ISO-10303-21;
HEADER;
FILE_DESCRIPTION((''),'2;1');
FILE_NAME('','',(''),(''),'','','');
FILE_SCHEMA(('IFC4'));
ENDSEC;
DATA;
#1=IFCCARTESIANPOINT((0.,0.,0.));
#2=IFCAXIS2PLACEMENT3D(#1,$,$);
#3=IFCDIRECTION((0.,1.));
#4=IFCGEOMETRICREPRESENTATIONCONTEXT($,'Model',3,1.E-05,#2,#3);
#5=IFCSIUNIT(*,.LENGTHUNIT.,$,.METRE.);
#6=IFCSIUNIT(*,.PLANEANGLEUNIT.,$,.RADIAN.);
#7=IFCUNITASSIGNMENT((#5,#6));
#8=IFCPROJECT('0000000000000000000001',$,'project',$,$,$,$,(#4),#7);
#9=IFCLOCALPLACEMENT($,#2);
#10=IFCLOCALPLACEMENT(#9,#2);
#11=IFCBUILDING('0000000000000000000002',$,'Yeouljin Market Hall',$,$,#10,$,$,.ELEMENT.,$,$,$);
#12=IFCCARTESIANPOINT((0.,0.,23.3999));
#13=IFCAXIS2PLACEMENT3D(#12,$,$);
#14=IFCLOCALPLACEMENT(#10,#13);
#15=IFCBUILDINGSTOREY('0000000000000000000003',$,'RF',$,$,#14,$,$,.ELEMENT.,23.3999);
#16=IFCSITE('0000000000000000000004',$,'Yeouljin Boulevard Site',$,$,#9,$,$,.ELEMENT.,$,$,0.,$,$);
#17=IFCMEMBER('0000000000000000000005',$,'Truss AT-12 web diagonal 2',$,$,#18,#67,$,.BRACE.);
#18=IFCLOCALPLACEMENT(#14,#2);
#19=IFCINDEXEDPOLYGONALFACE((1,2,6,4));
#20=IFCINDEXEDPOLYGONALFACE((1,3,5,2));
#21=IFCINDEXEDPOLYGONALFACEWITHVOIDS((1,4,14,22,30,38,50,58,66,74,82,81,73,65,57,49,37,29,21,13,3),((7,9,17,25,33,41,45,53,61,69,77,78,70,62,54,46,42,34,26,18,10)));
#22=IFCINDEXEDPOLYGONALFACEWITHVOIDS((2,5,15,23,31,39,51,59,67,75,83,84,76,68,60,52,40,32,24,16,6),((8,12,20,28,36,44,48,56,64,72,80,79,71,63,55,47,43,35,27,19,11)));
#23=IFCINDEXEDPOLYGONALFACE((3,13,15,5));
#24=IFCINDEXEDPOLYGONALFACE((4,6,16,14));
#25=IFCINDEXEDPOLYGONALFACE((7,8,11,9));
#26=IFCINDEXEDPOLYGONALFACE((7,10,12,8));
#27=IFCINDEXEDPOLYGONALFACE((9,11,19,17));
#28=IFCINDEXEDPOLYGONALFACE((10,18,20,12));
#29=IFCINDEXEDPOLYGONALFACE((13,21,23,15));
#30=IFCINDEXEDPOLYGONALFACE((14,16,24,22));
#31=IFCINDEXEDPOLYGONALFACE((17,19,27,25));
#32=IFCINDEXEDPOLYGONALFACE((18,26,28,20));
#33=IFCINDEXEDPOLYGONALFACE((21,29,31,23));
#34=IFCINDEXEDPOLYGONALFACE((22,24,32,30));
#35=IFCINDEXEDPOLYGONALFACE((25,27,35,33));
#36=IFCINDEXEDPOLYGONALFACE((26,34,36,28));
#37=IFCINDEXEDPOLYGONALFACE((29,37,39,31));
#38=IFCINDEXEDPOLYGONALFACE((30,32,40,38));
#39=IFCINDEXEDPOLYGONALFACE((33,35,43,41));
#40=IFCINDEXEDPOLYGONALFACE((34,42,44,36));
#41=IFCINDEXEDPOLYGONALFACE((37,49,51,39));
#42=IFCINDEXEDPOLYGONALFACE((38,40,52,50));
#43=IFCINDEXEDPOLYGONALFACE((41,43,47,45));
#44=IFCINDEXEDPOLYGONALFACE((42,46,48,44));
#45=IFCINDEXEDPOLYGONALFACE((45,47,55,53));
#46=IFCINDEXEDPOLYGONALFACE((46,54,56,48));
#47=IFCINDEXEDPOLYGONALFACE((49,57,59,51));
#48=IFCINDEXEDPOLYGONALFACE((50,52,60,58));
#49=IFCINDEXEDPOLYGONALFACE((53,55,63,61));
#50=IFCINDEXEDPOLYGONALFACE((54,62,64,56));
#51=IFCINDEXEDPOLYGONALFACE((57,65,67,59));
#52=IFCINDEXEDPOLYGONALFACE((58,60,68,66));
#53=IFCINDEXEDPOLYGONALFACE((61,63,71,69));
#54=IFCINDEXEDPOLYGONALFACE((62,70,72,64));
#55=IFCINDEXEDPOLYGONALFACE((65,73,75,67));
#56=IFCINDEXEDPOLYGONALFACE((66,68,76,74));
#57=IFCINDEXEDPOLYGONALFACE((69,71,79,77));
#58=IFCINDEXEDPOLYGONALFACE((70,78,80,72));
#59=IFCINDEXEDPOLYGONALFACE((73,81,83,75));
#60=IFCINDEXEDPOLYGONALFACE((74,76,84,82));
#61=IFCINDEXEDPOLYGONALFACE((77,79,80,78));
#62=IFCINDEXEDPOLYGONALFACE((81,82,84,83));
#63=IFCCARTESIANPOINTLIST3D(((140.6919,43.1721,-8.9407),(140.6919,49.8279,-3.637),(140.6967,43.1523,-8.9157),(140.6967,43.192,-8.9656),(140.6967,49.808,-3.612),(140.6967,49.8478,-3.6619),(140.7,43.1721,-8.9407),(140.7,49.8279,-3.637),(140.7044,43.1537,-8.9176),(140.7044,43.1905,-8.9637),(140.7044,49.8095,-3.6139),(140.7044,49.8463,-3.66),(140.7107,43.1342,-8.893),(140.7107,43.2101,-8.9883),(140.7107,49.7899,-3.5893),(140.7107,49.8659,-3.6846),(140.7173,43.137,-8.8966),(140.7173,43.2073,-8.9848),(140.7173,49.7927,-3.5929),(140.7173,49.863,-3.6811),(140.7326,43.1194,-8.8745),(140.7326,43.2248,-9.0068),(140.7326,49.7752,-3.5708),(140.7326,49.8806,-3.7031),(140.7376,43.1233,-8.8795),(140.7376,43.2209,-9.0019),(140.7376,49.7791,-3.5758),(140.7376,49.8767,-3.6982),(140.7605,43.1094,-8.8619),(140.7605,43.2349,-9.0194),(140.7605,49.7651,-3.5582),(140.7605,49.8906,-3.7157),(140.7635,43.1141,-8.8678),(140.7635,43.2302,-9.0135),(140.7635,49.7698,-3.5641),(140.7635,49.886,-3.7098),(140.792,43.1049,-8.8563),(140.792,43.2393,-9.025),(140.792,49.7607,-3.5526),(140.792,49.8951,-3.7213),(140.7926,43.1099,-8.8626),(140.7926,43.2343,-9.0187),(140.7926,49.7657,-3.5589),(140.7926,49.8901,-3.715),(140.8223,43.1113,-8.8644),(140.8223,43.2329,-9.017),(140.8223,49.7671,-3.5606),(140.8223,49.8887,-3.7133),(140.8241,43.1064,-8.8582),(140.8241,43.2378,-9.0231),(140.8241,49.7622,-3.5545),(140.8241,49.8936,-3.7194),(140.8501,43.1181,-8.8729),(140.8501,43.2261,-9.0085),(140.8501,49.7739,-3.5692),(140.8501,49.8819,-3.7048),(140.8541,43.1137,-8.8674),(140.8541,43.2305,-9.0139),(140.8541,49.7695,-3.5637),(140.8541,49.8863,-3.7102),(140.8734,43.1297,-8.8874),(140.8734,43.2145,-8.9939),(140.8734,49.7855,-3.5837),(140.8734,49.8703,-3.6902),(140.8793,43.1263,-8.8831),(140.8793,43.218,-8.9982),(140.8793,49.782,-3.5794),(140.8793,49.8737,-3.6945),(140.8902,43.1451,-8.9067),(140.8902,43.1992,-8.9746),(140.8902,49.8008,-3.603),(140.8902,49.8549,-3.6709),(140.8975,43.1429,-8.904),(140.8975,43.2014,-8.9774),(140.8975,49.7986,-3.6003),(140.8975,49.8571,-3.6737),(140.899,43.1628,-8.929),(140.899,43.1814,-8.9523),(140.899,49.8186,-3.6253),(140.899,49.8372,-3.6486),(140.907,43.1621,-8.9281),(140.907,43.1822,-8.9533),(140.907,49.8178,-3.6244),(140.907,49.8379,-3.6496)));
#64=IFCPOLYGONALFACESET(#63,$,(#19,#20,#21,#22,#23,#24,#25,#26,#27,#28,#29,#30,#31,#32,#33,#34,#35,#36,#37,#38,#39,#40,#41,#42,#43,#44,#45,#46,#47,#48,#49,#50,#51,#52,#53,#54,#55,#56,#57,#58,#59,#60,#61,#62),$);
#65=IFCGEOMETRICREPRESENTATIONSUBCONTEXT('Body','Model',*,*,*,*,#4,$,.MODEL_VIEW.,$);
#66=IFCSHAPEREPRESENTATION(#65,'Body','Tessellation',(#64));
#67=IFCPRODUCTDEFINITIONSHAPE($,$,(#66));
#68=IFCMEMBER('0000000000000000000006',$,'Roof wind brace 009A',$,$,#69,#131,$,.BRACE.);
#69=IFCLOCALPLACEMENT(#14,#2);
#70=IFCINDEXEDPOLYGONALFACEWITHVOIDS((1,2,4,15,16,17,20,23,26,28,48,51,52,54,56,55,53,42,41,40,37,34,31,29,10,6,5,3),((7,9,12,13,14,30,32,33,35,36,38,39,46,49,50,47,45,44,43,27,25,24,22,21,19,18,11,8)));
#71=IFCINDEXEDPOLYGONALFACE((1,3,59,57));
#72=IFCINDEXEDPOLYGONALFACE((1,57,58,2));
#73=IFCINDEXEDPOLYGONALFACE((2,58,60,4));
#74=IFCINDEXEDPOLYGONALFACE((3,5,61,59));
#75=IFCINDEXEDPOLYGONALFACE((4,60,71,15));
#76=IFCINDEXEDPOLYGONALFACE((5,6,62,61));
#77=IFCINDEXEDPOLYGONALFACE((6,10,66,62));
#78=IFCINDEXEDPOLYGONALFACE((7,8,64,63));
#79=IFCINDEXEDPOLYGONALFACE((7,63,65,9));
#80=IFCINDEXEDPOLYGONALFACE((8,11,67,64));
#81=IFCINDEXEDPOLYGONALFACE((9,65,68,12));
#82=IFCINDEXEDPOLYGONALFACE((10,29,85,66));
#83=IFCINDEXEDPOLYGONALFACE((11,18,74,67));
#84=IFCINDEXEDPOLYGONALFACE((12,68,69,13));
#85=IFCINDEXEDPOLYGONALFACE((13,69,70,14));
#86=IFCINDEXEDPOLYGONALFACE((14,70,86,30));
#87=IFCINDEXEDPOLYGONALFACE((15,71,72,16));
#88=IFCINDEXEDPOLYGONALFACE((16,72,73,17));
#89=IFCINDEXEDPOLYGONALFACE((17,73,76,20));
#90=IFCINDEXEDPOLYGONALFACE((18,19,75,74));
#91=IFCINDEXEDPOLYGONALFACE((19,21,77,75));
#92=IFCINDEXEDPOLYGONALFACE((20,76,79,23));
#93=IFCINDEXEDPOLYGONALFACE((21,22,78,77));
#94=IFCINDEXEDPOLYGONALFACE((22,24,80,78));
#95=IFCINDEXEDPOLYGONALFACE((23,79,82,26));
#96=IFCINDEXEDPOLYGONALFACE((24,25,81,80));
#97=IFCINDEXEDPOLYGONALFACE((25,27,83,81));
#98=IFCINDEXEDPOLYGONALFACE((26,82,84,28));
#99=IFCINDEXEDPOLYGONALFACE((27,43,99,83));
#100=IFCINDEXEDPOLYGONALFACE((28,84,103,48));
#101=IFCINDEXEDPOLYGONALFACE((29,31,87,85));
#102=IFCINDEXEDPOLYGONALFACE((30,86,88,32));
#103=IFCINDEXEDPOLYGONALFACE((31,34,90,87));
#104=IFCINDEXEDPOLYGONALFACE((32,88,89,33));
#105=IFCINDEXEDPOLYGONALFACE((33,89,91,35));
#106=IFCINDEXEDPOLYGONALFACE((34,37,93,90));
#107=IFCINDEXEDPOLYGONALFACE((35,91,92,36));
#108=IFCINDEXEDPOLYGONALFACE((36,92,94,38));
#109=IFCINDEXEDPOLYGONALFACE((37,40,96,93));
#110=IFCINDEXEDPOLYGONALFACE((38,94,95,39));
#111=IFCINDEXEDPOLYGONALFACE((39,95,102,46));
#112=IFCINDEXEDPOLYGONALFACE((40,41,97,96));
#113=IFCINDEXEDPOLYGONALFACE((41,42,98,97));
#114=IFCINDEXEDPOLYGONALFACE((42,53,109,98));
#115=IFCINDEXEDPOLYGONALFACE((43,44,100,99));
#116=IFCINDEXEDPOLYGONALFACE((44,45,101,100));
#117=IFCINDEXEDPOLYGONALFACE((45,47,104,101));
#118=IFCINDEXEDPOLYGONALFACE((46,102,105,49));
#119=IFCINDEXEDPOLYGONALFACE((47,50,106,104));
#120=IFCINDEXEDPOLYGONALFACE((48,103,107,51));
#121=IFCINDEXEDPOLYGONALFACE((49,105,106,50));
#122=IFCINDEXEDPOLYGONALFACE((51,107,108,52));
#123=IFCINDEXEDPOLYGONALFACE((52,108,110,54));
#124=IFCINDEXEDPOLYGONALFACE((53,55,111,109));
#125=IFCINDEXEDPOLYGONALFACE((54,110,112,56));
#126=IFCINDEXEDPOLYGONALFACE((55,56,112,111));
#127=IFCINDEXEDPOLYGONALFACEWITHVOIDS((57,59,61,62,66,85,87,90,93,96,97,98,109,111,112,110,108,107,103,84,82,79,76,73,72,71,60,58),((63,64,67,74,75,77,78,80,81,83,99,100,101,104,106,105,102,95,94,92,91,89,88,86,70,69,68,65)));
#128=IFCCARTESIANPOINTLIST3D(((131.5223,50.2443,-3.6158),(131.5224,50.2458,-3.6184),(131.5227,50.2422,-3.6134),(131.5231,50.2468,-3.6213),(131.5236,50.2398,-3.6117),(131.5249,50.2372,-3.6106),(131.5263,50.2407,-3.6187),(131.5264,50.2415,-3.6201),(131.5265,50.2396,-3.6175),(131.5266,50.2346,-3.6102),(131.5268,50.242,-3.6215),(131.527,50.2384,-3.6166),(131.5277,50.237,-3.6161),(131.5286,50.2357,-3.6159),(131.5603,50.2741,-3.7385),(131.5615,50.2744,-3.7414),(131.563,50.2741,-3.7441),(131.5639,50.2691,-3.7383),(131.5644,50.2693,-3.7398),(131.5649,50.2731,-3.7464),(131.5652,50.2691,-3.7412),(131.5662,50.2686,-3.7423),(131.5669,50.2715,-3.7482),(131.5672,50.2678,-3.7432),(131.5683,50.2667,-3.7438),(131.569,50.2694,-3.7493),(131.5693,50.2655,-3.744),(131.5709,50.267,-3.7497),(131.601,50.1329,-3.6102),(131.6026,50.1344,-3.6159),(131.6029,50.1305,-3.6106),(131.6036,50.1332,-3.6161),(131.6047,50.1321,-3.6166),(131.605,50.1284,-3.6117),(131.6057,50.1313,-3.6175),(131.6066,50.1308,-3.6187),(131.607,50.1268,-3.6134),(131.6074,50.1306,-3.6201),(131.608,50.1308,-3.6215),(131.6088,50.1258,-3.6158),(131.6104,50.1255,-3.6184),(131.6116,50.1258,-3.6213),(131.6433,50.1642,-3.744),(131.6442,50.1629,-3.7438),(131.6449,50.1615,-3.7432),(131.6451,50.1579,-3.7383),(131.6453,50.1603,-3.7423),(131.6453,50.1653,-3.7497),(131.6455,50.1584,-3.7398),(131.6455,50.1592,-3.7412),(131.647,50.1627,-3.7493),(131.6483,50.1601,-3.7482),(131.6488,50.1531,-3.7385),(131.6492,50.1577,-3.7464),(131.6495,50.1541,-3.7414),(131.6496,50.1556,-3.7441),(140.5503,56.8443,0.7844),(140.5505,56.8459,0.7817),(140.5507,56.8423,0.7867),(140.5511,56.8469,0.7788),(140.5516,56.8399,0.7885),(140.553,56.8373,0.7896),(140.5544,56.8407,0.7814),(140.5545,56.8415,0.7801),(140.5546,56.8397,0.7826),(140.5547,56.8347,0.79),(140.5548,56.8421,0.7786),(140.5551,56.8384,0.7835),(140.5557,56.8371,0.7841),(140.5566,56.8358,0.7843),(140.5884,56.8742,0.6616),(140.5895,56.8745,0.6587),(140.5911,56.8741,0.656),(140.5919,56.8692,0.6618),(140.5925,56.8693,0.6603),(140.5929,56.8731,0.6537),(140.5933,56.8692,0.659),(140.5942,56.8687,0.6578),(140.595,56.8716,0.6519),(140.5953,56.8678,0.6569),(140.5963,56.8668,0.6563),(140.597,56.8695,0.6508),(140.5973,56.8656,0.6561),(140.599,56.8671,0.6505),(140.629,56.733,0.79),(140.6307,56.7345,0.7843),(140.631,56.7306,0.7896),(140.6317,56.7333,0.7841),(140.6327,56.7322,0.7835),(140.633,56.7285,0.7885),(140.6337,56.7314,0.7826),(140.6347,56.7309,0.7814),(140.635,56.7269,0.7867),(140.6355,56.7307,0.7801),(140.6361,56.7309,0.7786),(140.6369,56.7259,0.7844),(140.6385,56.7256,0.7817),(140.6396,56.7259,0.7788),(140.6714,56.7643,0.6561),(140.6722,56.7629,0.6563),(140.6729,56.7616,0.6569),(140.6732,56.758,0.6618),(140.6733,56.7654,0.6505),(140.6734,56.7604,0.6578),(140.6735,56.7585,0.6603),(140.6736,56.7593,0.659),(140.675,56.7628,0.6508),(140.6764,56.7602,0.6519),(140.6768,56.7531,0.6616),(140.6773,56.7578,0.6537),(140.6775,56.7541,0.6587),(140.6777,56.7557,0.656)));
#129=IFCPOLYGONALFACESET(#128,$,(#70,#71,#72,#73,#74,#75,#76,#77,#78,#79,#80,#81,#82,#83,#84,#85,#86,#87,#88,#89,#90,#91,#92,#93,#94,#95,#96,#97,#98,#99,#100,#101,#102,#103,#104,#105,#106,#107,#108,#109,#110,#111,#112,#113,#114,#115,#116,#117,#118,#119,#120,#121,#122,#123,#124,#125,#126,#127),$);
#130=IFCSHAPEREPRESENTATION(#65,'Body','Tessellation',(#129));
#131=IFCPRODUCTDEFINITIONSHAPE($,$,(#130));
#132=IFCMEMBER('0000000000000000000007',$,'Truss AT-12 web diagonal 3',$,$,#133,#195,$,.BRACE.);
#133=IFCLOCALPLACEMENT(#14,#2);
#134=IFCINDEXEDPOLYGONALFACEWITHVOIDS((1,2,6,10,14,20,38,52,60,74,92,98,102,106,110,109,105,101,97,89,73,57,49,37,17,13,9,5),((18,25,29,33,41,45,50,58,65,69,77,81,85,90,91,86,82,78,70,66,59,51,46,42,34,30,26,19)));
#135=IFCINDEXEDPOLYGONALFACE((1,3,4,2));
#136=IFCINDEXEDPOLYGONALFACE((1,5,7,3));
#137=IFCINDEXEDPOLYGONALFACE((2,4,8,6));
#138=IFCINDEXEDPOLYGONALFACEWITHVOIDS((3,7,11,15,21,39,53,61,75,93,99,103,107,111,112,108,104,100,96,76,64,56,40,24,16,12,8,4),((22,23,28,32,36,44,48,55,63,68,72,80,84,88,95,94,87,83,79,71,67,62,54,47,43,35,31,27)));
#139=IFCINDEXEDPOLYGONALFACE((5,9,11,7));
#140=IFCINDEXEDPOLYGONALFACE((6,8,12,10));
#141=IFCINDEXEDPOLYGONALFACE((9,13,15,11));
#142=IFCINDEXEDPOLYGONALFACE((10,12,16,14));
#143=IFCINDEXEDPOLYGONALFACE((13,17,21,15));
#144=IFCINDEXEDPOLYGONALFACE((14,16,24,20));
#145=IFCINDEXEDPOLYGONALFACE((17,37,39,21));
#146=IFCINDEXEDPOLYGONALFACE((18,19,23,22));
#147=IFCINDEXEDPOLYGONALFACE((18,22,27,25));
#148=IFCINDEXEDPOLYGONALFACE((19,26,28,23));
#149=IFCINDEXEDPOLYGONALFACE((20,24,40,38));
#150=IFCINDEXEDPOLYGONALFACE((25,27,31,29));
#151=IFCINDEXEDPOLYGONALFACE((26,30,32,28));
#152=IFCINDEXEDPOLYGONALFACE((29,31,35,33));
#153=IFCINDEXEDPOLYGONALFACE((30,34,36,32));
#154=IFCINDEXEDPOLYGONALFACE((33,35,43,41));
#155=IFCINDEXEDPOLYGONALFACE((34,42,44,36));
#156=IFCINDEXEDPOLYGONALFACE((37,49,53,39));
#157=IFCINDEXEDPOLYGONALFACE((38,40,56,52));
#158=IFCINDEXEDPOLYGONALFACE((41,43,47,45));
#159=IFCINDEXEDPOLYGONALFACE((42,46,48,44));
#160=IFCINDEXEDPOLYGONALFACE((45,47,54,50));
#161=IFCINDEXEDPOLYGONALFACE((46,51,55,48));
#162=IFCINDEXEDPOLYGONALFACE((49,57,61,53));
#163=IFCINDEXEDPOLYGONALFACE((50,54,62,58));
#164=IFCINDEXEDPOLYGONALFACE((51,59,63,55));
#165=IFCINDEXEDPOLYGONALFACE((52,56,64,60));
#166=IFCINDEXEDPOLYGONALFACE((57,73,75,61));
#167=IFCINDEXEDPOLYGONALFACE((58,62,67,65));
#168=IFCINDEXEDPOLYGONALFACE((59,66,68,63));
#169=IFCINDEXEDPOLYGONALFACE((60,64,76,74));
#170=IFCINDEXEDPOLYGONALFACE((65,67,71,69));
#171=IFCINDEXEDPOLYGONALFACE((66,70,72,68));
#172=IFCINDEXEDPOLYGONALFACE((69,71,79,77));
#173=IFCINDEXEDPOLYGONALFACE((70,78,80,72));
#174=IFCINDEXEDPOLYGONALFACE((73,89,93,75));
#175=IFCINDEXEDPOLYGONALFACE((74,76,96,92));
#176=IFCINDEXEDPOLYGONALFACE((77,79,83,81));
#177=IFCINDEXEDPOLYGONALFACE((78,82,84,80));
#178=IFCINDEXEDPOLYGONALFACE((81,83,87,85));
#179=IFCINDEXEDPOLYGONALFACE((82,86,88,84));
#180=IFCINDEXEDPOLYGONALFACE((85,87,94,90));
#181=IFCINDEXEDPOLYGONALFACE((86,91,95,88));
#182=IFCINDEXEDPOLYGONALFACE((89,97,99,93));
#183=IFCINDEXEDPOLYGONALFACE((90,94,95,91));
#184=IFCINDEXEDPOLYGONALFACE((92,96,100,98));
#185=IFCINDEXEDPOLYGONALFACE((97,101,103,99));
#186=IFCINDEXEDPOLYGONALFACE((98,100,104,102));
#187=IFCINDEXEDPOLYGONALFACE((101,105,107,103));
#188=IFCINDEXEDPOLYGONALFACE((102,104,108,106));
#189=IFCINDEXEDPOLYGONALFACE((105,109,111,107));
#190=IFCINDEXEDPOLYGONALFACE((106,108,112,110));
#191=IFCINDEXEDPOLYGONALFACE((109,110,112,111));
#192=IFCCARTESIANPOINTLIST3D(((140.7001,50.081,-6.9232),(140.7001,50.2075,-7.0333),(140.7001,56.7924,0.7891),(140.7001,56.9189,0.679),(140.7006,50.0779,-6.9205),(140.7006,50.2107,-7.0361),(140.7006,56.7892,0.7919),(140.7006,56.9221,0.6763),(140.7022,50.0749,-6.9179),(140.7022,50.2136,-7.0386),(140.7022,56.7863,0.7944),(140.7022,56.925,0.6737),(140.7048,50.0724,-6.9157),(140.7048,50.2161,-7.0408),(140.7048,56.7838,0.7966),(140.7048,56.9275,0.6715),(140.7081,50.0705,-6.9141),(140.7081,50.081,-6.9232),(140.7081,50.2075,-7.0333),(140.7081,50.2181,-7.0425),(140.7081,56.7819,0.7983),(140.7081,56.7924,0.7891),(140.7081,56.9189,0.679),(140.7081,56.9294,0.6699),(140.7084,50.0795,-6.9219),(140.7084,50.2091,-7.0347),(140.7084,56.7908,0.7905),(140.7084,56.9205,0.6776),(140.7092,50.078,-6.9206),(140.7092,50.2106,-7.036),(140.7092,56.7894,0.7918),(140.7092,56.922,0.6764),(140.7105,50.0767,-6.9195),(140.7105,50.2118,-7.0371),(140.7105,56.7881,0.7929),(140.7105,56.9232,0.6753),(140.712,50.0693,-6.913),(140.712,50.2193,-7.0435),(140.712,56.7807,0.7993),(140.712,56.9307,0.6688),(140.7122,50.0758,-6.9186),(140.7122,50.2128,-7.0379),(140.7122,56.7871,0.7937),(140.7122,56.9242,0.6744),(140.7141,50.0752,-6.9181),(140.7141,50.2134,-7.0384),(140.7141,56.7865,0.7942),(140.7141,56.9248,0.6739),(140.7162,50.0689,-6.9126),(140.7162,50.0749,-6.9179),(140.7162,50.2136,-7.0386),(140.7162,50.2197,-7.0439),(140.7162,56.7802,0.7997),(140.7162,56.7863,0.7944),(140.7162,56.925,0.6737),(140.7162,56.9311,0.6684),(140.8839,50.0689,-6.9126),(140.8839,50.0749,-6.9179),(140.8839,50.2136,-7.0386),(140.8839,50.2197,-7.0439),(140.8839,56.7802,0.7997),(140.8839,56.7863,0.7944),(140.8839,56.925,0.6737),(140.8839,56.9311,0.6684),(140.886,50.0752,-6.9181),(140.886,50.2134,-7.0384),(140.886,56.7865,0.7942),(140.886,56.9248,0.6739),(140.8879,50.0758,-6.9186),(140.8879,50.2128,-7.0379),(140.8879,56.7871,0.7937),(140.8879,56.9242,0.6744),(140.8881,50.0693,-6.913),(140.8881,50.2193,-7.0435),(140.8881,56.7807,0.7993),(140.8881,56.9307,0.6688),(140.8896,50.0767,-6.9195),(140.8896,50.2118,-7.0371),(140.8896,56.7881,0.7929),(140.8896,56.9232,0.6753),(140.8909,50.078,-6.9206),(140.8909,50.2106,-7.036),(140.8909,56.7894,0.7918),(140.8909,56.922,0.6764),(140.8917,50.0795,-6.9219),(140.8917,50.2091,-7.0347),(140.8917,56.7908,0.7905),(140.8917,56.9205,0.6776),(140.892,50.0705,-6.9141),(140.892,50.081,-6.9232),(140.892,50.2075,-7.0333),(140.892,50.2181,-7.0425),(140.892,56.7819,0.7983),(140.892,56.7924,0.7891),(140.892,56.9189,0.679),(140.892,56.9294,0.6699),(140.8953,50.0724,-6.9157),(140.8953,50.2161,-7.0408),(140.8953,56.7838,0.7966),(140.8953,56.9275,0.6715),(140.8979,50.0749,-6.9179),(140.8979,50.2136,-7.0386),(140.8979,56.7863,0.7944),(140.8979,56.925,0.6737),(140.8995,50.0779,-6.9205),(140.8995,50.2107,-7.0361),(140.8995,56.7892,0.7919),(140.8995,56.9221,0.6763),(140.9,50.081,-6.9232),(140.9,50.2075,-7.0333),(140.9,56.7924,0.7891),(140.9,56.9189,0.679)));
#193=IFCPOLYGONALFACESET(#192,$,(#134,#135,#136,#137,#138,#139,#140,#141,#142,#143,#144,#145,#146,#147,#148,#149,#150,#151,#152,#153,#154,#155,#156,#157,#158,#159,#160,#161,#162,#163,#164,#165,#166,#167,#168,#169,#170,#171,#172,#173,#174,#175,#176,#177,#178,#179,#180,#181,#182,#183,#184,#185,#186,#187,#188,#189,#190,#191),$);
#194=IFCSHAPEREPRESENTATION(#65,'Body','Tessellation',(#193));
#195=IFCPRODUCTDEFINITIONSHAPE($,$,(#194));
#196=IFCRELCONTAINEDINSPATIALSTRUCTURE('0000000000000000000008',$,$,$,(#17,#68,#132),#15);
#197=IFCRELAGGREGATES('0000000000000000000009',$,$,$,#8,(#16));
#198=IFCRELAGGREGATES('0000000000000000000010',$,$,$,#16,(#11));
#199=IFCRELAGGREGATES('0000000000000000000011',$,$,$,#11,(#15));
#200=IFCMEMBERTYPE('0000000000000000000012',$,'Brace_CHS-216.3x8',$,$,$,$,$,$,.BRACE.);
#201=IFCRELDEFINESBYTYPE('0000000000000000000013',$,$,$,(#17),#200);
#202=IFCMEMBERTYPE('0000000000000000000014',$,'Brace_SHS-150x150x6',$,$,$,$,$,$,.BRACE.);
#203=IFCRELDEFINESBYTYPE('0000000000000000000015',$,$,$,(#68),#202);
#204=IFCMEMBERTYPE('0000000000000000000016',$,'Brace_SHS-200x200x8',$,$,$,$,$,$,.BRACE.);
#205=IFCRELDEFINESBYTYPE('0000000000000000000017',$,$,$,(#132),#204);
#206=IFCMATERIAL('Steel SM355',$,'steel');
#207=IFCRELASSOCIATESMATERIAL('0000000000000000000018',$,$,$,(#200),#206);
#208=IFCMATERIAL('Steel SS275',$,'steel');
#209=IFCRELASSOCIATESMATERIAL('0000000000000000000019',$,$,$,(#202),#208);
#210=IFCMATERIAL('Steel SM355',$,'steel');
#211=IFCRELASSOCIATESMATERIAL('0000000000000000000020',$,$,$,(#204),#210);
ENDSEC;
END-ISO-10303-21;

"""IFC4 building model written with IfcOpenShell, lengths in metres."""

from ifc_helpers import new_model, si_unit, direction, frame, origin, origin_2d, place, context, subcontext, project, spatial, hollow_rectangle, hollow_circle, extrude, material, material_profile, profile_set, type_object, element, save


model = new_model("IFC4")

# Units and contexts
model_context = context("Model", 3, precision=1e-05, world=origin(), true_north=direction((0.0, 1.0)))
body_context = subcontext(model_context, "Body", "Model", "MODEL_VIEW")
ifc_project = project(units=[si_unit("LENGTHUNIT", "METRE"), si_unit("PLANEANGLEUNIT", "RADIAN")], contexts=[model_context])

# Site, building, storey
site_placement = place(None, origin())
site = spatial("IfcSite", under=ifc_project, at=site_placement, Name="Yeouljin Boulevard Site", CompositionType="ELEMENT", RefElevation=0.0)
building_placement = place(site_placement, origin())
building = spatial("IfcBuilding", under=site, at=building_placement, Name="Yeouljin Market Hall", CompositionType="ELEMENT")
storey_placement = place(building_placement, frame((0.0, 0.0, 23.3999)))
storey = spatial("IfcBuildingStorey", under=building, at=storey_placement, Name="RF", CompositionType="ELEMENT", Elevation=23.3999)

# Members
ifc_material_1 = material(Name="Steel SM355", Category="steel")
ifc_material_profile_1 = material_profile(ifc_material_1, hollow_circle(Radius=0.1082, WallThickness=0.0081, at=origin_2d()), Name="CHS-216.3x8")
ifc_profile_set_1 = profile_set([ifc_material_profile_1], Name="Steel SM355")
member_type_1 = type_object("IfcMemberType", Name="Brace_CHS-216.3x8", PredefinedType="BRACE", material=ifc_profile_set_1)
member_1_placement = place(storey_placement, frame((140.8, 43.1721, -8.9407), z_axis=(0.0, 0.782065, 0.623197), x_axis=(-1.0, 0.0, 0.0)))
element("IfcMember", 1, at=member_1_placement, inside=storey, type_object=member_type_1, Name="Truss AT-12 web diagonal 2", PredefinedType="BRACE", context=body_context, shape_type="SweptSolid", body=[
    extrude(hollow_circle(Radius=0.1082, WallThickness=0.0081, at=origin_2d()), origin(), (0.0, 0.0, 1.0), 8.5105),
])
ifc_material_2 = material(Name="Steel SS275", Category="steel")
ifc_material_profile_2 = material_profile(ifc_material_2, hollow_rectangle(XDim=0.1499, YDim=0.1499, WallThickness=0.0061, InnerFilletRadius=0.0061, OuterFilletRadius=0.012, at=origin_2d()), Name="SHS-150x150x6")
ifc_profile_set_2 = profile_set([ifc_material_profile_2], Name="Steel SS275")
member_type_2 = type_object("IfcMemberType", Name="Brace_SHS-150x150x6", PredefinedType="BRACE", material=ifc_profile_set_2)
member_2_placement = place(storey_placement, frame((131.5859, 50.2, -3.6799), z_axis=(0.751222, 0.549191, 0.366134), x_axis=(-0.590171, 0.807278, 0.0)))
element("IfcMember", 2, at=member_2_placement, inside=storey, type_object=member_type_2, Name="Roof wind brace 009A", PredefinedType="BRACE", context=body_context, shape_type="SweptSolid", body=[
    extrude(hollow_rectangle(XDim=0.1499, YDim=0.1499, WallThickness=0.0061, InnerFilletRadius=0.0061, OuterFilletRadius=0.012, at=origin_2d()), origin(), (0.0, 0.0, 1.0), 12.0178),
])
ifc_material_3 = material(Name="Steel SM355", Category="steel")
ifc_material_profile_3 = material_profile(ifc_material_3, hollow_rectangle(XDim=0.2, YDim=0.2, WallThickness=0.0081, InnerFilletRadius=0.0081, OuterFilletRadius=0.0161, at=origin_2d()), Name="SHS-200x200x8")
ifc_profile_set_3 = profile_set([ifc_material_profile_3], Name="Steel SM355")
member_type_3 = type_object("IfcMemberType", Name="Brace_SHS-200x200x8", PredefinedType="BRACE", material=ifc_profile_set_3)
member_3_placement = place(storey_placement, frame((140.8, 50.1443, -6.9783), z_axis=(0.0, 0.656457, 0.754364), x_axis=(-1.0, 0.0, 0.0)))
element("IfcMember", 3, at=member_3_placement, inside=storey, type_object=member_type_3, Name="Truss AT-12 web diagonal 3", PredefinedType="BRACE", context=body_context, shape_type="SweptSolid", body=[
    extrude(hollow_rectangle(XDim=0.2, YDim=0.2, WallThickness=0.0081, InnerFilletRadius=0.0081, OuterFilletRadius=0.0161, at=origin_2d()), origin(), (0.0, 0.0, 1.0), 10.2236),
])

save(model, "model.ifc")
